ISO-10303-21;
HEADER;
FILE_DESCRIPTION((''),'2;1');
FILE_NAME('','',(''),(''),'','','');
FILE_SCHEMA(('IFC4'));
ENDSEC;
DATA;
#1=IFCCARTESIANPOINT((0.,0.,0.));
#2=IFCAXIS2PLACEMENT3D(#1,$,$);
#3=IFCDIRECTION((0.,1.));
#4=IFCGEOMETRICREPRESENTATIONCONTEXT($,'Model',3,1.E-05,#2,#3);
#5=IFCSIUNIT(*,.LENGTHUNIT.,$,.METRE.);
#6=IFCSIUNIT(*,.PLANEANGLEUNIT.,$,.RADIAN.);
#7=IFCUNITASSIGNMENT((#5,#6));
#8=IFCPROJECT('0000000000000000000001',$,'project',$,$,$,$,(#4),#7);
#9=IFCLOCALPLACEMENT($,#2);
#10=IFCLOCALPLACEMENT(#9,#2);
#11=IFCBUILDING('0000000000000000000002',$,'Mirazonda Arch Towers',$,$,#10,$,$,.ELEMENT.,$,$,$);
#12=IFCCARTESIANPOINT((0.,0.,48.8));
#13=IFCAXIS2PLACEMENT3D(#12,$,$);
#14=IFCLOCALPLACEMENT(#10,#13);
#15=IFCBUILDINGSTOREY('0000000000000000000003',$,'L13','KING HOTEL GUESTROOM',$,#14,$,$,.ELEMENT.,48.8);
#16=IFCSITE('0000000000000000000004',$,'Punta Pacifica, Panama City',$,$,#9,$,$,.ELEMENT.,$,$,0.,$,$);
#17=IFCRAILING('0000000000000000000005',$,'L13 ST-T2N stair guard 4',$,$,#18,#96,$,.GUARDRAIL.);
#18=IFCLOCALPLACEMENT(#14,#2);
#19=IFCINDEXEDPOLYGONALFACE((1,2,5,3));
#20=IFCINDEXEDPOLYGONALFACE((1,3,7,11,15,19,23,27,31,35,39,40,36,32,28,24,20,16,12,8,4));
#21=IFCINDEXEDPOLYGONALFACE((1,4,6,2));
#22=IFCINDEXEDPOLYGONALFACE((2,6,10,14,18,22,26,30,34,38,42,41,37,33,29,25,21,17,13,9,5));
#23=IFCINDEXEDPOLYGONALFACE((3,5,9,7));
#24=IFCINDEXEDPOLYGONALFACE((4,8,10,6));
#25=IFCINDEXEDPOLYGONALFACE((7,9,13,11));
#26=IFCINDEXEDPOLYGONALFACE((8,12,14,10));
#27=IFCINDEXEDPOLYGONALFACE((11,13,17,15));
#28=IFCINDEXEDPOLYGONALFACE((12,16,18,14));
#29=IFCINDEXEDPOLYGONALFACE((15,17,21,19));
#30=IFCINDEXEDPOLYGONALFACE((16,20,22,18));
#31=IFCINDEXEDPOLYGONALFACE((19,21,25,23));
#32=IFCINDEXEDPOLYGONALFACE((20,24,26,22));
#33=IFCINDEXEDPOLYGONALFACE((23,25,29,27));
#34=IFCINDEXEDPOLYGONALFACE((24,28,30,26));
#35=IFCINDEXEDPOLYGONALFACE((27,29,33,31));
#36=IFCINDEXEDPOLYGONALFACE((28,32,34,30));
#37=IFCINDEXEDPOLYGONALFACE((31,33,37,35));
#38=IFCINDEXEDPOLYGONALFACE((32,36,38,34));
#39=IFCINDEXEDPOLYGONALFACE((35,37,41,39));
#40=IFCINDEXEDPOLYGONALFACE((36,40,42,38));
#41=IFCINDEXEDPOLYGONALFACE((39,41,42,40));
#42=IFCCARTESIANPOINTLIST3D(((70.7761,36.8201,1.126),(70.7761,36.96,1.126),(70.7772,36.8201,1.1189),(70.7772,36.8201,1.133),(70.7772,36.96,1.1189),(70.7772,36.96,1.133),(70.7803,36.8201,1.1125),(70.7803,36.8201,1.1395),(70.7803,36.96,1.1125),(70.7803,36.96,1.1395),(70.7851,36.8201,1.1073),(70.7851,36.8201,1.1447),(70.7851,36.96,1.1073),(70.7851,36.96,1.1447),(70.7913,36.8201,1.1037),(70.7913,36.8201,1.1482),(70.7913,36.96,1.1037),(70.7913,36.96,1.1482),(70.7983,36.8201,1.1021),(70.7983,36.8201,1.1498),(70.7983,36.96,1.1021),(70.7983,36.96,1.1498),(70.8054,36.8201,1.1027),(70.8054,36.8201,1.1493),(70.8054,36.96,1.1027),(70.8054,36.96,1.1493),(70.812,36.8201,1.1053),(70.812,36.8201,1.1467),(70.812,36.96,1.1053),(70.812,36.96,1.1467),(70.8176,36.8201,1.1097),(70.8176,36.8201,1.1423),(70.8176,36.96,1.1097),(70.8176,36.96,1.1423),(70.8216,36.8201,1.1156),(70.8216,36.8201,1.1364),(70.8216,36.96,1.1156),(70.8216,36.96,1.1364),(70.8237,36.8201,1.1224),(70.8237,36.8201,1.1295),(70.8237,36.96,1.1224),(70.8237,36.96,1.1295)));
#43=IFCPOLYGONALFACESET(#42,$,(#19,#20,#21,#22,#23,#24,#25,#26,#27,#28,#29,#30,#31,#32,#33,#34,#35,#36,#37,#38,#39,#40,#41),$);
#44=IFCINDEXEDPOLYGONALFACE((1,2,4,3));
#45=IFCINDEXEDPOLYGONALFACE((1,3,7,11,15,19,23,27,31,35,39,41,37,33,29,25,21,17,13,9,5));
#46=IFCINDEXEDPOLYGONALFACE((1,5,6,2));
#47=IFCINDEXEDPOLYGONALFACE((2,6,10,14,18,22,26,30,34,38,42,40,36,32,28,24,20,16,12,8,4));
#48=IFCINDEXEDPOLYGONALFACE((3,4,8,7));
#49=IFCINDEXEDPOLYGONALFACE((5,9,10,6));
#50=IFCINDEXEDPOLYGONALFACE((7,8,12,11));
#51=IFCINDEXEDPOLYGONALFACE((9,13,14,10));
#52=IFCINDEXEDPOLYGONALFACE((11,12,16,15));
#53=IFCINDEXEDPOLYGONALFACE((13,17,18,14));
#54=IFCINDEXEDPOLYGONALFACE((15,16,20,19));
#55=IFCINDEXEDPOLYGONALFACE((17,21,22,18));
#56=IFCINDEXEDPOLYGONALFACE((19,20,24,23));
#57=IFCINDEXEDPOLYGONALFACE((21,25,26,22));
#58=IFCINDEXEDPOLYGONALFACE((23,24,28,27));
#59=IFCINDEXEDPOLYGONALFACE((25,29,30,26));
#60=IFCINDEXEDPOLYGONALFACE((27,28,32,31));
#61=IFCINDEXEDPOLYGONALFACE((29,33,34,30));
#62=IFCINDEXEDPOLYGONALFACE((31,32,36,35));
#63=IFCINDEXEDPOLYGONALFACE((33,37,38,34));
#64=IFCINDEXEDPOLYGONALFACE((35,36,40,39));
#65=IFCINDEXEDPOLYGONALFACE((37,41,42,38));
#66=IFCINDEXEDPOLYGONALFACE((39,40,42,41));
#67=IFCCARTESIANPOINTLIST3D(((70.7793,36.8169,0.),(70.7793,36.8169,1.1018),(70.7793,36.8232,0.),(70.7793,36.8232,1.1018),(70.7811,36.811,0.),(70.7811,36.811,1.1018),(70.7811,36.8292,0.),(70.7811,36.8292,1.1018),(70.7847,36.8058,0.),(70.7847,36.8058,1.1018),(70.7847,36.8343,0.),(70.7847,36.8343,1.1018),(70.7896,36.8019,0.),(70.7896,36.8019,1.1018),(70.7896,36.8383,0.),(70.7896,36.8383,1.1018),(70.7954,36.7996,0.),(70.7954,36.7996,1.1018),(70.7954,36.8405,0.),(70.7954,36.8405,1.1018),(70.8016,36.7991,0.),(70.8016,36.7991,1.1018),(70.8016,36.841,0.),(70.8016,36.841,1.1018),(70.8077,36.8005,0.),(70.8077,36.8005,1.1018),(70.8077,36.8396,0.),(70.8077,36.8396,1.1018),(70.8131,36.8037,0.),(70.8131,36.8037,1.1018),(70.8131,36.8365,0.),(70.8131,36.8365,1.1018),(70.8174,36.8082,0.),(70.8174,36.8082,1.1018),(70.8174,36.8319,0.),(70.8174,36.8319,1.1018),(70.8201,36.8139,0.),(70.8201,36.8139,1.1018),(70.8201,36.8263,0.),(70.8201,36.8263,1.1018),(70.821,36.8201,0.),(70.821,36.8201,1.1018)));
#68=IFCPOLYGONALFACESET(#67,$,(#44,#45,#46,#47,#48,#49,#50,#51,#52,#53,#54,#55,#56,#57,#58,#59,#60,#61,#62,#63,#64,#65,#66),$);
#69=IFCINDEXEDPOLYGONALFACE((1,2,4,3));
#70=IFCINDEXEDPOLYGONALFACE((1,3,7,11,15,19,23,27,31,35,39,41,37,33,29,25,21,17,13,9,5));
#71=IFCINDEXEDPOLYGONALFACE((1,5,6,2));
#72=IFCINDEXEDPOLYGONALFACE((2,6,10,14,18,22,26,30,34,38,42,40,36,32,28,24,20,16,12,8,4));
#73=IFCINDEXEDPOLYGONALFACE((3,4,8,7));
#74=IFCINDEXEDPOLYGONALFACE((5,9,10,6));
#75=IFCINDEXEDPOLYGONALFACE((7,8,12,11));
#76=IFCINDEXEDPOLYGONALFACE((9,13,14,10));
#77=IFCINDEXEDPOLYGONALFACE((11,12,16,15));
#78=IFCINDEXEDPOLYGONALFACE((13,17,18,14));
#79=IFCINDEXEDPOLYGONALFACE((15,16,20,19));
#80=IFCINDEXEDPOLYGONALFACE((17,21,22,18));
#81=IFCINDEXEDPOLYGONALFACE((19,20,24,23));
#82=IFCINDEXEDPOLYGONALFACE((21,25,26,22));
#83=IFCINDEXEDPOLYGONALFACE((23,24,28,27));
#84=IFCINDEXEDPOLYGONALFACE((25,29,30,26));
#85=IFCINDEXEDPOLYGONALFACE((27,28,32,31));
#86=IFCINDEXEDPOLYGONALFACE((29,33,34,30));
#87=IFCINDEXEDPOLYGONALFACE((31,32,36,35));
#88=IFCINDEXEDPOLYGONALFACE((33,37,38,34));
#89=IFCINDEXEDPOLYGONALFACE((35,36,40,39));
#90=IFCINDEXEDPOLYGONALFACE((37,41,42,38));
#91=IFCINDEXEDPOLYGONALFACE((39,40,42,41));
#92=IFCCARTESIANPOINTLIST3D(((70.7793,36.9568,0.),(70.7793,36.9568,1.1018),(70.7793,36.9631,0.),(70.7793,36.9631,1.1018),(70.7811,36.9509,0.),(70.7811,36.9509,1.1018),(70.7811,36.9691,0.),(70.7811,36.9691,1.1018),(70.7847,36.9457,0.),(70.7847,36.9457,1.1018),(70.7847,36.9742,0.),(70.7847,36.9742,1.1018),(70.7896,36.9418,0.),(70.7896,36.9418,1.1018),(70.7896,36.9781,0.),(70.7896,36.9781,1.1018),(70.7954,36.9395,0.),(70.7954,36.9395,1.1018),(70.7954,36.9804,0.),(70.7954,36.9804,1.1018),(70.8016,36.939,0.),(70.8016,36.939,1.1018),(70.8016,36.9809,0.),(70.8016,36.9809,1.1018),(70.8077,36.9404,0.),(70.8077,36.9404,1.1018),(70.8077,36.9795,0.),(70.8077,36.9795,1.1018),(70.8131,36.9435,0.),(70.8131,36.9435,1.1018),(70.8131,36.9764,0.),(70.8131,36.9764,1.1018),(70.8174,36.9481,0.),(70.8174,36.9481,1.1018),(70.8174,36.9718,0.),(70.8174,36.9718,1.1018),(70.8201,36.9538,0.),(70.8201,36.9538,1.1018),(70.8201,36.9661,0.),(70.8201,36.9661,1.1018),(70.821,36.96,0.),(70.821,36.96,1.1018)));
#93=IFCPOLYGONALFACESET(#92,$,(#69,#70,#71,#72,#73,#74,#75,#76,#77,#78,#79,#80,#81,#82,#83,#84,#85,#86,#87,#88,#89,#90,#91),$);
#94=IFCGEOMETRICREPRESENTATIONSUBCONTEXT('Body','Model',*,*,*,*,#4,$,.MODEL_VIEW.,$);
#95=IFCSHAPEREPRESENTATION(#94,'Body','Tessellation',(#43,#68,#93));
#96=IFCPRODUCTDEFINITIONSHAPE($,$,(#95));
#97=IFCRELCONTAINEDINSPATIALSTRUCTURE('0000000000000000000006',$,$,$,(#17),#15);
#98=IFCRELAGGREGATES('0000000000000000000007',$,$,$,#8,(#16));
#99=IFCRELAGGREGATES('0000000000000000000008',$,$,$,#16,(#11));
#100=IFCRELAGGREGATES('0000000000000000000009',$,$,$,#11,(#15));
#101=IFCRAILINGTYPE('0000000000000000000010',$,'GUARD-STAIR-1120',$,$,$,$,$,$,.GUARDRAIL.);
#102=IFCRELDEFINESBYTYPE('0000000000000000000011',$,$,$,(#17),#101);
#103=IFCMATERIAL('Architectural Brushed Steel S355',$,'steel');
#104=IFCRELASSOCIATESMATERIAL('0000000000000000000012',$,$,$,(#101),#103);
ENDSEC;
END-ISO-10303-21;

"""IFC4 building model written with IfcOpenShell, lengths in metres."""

from ifc_helpers import new_model, si_unit, direction, frame, origin, origin_2d, place, context, subcontext, project, spatial, circle, extrude, material, type_object, element, save


model = new_model("IFC4")

# Units and contexts
model_context = context("Model", 3, precision=1e-05, world=origin(), true_north=direction((0.0, 1.0)))
body_context = subcontext(model_context, "Body", "Model", "MODEL_VIEW")
ifc_project = project(units=[si_unit("LENGTHUNIT", "METRE"), si_unit("PLANEANGLEUNIT", "RADIAN")], contexts=[model_context])

# Site, building, storey
site_placement = place(None, origin())
site = spatial("IfcSite", under=ifc_project, at=site_placement, Name="Punta Pacifica, Panama City", CompositionType="ELEMENT", RefElevation=0.0)
building_placement = place(site_placement, origin())
building = spatial("IfcBuilding", under=site, at=building_placement, Name="Mirazonda Arch Towers", CompositionType="ELEMENT")
storey_placement = place(building_placement, frame((0.0, 0.0, 48.8)))
storey = spatial("IfcBuildingStorey", under=building, at=storey_placement, Name="L13", Description="KING HOTEL GUESTROOM", CompositionType="ELEMENT", Elevation=48.8)

# Railing
ifc_material_1 = material(Name="Architectural Brushed Steel S355", Category="steel")
railing_type = type_object("IfcRailingType", Name="GUARD-STAIR-1120", PredefinedType="GUARDRAIL", material=ifc_material_1)
railing_1_placement = place(storey_placement, frame((70.8, 36.8201, 0.0)))
element("IfcRailing", 1, at=railing_1_placement, inside=storey, type_object=railing_type, Name="L13 ST-T2N stair guard 4", PredefinedType="GUARDRAIL", context=body_context, shape_type="SweptSolid", body=[
    extrude(circle(Radius=0.0239, at=origin_2d()), frame((0.0, 0.0, 1.126), z_axis=(0.0, 1.0, 0.0), x_axis=(-1.0, 0.0, 0.0)), (0.0, 0.0, 1.0), 0.1399),
    extrude(circle(Radius=0.021, at=origin_2d()), origin(), (0.0, 0.0, 1.0), 1.1018),
    extrude(circle(Radius=0.021, at=origin_2d()), frame((0.0, 0.1399, 0.0)), (0.0, 0.0, 1.0), 1.1018),
])

save(model, "model.ifc")
